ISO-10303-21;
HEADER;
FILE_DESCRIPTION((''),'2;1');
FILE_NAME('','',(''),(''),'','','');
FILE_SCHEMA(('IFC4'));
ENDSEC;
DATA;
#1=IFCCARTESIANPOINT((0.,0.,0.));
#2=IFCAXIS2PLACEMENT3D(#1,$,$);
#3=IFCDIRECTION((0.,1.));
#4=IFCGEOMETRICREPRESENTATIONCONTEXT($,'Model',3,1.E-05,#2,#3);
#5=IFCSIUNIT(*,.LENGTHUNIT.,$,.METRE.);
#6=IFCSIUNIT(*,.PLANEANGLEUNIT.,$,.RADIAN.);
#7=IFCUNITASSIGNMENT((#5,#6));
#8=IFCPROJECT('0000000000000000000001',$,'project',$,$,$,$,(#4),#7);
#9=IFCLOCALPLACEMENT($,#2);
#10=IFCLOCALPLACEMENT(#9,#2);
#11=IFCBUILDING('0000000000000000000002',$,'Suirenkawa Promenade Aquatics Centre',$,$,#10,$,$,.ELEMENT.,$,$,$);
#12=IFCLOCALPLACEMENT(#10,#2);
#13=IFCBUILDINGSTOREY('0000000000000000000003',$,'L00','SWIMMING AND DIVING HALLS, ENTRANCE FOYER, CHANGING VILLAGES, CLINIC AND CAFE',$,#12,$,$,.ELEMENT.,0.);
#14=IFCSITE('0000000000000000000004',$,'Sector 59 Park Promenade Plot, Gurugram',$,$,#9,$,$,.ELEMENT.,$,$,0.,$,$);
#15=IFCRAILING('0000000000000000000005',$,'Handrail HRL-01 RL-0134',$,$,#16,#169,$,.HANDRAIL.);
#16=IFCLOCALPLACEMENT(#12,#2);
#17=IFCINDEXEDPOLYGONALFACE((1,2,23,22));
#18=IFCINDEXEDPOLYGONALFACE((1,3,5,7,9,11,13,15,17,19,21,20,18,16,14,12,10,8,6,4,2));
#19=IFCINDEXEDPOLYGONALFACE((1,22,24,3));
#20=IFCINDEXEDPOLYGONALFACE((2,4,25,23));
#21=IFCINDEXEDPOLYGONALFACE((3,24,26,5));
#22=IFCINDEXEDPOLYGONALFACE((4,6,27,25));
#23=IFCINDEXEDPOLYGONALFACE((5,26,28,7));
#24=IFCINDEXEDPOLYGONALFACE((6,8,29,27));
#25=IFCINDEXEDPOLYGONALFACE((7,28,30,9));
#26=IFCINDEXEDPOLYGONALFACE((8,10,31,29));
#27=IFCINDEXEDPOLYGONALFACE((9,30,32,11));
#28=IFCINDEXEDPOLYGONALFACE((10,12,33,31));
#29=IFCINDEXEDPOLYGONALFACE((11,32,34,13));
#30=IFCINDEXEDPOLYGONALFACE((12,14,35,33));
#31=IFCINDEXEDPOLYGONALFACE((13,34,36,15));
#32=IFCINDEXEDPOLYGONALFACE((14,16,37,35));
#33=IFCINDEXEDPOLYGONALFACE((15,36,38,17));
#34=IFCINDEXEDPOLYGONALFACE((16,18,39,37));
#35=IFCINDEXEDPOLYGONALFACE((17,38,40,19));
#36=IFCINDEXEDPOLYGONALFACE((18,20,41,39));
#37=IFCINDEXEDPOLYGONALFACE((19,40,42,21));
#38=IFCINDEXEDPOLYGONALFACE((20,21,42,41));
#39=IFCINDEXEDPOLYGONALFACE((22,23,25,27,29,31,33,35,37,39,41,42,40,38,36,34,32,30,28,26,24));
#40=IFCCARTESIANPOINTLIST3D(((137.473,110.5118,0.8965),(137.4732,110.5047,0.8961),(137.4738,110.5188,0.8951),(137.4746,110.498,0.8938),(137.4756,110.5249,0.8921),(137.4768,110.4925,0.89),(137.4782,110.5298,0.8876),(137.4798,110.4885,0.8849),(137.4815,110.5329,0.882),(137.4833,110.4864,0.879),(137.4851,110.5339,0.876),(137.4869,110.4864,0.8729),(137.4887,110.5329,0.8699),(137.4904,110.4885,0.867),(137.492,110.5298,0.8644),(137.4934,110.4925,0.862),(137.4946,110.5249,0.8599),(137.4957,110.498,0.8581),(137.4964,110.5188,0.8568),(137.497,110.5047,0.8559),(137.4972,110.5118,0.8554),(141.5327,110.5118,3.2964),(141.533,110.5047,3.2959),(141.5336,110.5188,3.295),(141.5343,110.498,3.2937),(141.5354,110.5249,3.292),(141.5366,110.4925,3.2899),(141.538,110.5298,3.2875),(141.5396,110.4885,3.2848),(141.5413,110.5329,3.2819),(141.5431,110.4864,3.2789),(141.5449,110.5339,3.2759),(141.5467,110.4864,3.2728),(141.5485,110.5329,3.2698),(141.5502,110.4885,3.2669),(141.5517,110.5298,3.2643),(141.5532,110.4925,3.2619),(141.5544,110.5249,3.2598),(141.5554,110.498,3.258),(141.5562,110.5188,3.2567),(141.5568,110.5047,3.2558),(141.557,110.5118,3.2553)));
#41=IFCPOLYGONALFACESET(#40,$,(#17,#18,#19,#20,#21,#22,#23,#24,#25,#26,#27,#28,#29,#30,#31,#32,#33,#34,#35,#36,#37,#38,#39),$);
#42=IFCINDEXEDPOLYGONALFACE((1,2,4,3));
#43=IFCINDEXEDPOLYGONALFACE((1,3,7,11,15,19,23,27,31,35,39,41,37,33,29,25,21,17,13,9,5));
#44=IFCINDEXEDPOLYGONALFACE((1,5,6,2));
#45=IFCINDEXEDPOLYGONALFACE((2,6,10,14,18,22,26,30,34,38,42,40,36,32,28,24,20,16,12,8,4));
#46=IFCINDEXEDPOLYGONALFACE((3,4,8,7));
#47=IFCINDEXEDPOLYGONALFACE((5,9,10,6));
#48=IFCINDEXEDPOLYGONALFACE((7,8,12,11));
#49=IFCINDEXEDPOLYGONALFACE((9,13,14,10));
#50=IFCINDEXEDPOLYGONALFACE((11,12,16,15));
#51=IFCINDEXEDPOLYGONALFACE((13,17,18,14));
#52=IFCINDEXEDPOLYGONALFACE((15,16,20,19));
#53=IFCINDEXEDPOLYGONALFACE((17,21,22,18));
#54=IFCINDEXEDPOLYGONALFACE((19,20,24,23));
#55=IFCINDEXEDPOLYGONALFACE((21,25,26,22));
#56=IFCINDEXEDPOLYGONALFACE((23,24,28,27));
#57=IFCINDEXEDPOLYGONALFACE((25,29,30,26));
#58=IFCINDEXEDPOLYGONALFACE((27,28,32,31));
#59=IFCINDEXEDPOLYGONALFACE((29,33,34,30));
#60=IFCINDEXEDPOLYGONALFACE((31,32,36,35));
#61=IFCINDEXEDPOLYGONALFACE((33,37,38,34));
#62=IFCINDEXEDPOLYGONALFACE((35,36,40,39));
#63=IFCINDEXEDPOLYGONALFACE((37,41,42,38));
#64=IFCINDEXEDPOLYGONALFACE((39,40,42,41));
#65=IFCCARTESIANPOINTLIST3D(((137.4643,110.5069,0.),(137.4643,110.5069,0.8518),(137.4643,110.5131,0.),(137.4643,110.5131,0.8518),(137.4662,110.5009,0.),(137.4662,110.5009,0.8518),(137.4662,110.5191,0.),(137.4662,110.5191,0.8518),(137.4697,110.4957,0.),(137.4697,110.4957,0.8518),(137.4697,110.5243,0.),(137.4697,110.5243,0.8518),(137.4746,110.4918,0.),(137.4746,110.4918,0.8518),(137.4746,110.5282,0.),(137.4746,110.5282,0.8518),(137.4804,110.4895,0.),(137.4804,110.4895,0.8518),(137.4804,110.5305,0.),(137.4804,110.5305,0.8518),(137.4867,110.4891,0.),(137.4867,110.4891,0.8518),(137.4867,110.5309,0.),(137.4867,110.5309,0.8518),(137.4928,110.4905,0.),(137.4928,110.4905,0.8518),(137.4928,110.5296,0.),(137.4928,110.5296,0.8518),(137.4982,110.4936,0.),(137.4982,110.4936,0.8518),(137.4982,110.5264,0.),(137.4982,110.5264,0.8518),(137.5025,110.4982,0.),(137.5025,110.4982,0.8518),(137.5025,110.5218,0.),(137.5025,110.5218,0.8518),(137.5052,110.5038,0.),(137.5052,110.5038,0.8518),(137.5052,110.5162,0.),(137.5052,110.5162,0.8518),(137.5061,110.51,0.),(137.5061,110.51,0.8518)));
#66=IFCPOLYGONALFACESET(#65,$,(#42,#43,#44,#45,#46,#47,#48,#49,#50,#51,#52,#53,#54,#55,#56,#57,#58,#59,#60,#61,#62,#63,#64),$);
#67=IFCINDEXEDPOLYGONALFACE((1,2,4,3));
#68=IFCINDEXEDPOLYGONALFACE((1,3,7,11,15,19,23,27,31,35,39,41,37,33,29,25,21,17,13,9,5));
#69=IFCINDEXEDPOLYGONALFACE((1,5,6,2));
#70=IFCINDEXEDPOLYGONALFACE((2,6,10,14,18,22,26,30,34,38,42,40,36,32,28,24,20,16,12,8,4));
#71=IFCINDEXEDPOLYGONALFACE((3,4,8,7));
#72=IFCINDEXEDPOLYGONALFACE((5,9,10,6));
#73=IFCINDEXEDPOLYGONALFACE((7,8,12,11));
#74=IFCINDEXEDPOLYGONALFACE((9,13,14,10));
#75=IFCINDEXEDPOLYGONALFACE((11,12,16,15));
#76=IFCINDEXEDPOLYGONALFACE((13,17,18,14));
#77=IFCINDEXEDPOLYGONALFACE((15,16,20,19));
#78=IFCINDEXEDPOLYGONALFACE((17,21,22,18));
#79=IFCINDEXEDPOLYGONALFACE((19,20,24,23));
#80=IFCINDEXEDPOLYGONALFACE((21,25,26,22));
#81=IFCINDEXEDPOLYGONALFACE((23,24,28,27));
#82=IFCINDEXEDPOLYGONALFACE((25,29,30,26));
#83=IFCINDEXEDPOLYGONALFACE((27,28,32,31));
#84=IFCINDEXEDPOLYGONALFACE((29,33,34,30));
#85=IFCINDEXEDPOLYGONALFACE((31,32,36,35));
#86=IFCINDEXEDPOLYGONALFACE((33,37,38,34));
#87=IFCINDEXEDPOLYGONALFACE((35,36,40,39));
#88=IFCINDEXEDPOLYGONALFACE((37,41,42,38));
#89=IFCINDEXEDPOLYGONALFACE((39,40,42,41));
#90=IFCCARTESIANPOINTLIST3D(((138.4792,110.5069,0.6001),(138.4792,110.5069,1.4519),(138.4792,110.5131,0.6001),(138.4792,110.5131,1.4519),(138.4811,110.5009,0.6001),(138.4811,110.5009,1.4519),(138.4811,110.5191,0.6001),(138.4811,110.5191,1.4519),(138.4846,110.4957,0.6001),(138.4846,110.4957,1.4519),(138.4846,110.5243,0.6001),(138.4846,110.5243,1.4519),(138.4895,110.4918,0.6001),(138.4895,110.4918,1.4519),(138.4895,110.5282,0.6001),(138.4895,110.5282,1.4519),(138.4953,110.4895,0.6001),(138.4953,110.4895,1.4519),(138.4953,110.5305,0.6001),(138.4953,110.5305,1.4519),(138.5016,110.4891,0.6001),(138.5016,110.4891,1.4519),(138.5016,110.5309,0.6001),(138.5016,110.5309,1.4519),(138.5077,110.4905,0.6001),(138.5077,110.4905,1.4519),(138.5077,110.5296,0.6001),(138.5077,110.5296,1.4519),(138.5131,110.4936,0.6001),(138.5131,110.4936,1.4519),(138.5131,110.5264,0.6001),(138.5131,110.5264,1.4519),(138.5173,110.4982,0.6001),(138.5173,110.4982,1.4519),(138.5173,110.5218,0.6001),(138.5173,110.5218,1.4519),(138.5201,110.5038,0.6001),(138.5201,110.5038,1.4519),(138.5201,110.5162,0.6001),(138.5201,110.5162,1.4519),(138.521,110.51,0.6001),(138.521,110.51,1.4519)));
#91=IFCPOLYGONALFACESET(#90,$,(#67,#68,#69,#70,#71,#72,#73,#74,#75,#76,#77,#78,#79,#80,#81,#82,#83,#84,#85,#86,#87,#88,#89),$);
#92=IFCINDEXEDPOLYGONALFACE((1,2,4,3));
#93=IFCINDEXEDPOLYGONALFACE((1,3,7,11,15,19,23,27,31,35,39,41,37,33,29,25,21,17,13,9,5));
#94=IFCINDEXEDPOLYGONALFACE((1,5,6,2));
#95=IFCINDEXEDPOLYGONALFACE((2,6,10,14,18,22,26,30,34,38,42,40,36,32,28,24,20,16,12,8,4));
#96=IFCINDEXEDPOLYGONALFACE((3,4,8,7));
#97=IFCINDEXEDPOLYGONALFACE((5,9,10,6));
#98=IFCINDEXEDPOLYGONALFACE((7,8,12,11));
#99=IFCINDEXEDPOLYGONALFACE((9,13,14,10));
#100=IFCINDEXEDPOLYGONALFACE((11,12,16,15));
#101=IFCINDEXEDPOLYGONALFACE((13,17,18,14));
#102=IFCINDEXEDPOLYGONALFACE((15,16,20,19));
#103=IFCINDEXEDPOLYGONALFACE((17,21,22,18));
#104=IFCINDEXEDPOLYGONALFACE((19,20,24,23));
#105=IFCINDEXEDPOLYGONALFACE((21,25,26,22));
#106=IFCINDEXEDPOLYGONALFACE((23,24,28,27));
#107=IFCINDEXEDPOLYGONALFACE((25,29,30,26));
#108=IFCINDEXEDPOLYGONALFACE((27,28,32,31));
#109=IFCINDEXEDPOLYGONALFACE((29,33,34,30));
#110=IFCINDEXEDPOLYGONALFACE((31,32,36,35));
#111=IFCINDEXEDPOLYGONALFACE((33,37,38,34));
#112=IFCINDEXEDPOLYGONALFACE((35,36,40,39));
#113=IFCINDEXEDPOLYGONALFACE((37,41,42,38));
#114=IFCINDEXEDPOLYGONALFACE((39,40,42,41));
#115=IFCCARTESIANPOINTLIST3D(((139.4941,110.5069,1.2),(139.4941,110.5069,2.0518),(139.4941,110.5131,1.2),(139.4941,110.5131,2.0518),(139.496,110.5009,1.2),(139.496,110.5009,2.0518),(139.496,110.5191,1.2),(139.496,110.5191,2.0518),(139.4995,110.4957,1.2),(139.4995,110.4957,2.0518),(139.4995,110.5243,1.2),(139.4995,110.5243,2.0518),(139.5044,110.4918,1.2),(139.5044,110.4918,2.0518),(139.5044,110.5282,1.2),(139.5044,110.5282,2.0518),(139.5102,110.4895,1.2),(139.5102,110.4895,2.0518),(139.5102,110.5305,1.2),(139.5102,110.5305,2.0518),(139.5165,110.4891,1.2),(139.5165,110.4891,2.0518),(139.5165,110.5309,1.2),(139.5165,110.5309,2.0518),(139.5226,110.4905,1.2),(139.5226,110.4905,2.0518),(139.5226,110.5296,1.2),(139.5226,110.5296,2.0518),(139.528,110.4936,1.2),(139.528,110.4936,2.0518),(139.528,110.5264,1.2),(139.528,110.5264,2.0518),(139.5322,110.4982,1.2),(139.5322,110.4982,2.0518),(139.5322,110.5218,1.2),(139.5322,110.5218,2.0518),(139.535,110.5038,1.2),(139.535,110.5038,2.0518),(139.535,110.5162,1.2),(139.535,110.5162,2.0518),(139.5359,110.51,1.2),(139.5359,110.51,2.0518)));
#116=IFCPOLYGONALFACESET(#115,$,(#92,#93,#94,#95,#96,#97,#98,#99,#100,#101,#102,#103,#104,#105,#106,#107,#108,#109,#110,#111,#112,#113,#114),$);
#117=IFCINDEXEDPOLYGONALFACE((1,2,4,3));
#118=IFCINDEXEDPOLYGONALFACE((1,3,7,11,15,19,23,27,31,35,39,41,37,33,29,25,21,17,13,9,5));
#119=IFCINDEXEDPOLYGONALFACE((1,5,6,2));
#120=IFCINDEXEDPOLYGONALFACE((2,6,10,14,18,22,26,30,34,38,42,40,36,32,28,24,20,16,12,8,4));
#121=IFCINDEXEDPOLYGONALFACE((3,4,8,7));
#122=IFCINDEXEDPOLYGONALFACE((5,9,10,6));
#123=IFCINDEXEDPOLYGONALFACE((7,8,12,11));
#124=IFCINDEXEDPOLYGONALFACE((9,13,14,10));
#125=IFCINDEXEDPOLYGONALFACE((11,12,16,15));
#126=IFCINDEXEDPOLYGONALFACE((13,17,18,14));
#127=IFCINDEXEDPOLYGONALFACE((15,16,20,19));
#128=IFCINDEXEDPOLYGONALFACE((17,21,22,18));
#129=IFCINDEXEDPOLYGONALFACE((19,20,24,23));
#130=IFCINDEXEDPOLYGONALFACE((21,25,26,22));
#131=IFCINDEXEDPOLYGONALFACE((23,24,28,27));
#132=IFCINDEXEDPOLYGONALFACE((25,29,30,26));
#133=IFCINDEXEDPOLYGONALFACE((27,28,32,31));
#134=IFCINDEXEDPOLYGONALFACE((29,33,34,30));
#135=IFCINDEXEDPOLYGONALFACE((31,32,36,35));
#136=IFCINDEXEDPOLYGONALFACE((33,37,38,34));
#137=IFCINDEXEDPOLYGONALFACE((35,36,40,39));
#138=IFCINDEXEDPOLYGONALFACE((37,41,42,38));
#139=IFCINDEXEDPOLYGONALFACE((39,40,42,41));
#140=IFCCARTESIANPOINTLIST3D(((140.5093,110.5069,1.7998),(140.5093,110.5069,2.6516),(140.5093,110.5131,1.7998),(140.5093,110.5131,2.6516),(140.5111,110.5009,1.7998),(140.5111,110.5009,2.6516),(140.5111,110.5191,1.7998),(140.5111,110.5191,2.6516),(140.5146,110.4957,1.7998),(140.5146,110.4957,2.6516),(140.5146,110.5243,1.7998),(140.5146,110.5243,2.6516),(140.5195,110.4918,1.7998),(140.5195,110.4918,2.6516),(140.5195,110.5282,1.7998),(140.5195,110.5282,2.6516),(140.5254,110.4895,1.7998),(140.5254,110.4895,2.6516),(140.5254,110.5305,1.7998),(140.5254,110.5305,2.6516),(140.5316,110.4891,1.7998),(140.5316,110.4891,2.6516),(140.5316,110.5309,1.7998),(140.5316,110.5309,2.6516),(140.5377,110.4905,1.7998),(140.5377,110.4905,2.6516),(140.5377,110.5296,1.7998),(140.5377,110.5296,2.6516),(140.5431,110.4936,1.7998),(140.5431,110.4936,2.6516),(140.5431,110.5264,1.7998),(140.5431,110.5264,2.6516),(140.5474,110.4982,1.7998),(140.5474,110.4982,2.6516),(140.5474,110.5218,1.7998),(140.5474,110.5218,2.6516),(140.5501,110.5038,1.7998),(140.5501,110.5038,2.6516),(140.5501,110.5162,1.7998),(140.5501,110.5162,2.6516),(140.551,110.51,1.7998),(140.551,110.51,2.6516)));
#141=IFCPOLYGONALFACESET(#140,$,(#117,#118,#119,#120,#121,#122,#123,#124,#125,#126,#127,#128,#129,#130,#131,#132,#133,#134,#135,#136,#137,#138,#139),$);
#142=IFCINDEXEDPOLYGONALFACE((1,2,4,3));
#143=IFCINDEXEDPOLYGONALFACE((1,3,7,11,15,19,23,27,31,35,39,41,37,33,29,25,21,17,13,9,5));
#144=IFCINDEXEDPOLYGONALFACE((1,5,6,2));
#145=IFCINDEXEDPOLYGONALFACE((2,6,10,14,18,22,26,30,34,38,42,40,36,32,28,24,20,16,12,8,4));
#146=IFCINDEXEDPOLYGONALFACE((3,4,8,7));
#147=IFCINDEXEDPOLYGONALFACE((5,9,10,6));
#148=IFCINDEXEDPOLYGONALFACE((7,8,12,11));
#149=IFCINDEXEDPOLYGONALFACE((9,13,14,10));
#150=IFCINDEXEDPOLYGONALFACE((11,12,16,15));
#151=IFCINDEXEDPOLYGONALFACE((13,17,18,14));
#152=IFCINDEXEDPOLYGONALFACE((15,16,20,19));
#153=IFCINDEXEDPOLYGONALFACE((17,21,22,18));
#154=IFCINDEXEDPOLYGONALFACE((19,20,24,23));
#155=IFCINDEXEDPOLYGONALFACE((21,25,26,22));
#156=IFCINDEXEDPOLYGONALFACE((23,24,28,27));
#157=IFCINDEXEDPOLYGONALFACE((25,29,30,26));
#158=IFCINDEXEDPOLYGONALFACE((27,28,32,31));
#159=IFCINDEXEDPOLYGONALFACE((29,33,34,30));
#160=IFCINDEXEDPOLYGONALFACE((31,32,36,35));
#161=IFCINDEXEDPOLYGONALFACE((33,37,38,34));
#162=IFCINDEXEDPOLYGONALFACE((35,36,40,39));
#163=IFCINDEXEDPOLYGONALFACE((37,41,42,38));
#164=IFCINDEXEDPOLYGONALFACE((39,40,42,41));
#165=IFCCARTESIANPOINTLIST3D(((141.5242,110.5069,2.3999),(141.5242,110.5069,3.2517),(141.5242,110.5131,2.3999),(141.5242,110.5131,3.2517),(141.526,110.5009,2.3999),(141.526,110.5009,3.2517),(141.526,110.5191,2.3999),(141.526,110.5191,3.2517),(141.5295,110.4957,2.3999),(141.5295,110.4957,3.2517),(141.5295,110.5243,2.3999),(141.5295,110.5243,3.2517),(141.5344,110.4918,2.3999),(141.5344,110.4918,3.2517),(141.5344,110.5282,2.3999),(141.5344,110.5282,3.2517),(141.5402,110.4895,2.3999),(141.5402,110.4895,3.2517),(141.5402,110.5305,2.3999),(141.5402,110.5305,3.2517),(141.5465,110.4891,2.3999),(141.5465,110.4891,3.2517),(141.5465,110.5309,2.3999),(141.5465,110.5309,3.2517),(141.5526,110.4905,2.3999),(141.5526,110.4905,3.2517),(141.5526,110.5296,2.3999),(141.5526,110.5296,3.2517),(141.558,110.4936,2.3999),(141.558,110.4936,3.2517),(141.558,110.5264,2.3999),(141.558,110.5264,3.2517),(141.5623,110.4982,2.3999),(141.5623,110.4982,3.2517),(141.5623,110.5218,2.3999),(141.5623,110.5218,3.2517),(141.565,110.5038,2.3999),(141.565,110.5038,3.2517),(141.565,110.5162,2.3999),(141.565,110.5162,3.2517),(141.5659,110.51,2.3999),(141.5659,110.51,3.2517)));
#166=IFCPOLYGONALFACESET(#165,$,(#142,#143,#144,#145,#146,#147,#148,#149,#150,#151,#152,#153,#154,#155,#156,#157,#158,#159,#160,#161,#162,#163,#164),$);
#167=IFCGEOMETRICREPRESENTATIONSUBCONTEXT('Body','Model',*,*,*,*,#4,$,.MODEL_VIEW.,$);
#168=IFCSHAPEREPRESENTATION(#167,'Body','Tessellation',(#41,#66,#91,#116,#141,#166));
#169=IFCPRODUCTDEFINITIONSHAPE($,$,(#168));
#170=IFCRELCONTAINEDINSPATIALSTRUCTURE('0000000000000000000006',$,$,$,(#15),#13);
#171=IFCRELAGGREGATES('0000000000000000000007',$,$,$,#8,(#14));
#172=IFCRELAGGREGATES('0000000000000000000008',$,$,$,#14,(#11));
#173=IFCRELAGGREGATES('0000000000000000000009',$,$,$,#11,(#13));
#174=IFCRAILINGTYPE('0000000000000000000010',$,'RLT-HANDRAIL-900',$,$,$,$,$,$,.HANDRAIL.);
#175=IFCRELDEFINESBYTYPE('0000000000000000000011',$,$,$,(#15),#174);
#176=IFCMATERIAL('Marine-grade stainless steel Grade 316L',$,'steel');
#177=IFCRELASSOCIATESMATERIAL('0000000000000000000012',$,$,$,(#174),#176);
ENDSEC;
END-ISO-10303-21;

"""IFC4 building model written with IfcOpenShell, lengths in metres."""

from ifc_helpers import new_model, si_unit, direction, frame, origin, origin_2d, place, context, subcontext, project, spatial, circle, extrude, material, type_object, element, save


model = new_model("IFC4")

# Units and contexts
model_context = context("Model", 3, precision=1e-05, world=origin(), true_north=direction((0.0, 1.0)))
body_context = subcontext(model_context, "Body", "Model", "MODEL_VIEW")
ifc_project = project(units=[si_unit("LENGTHUNIT", "METRE"), si_unit("PLANEANGLEUNIT", "RADIAN")], contexts=[model_context])

# Site, building, storey
site_placement = place(None, origin())
site = spatial("IfcSite", under=ifc_project, at=site_placement, Name="Sector 59 Park Promenade Plot, Gurugram", CompositionType="ELEMENT", RefElevation=0.0)
building_placement = place(site_placement, origin())
building = spatial("IfcBuilding", under=site, at=building_placement, Name="Suirenkawa Promenade Aquatics Centre", CompositionType="ELEMENT")
storey_placement = place(building_placement, origin())
storey = spatial("IfcBuildingStorey", under=building, at=storey_placement, Name="L00", Description="SWIMMING AND DIVING HALLS, ENTRANCE FOYER, CHANGING VILLAGES, CLINIC AND CAFE", CompositionType="ELEMENT", Elevation=0.0)

# Railing
ifc_material_1 = material(Name="Marine-grade stainless steel Grade 316L", Category="steel")
railing_type_1 = type_object("IfcRailingType", Name="RLT-HANDRAIL-900", PredefinedType="HANDRAIL", material=ifc_material_1)
for number, where, name in (
    (1, (137.4851, 110.51, 0.0), "Handrail HRL-01 RL-0134"),
):
    element("IfcRailing", number, at=place(storey_placement, frame(where)), inside=storey, type_object=railing_type_1, Name=name, PredefinedType="HANDRAIL", context=body_context, shape_type="SweptSolid", body=[
        extrude(circle(Radius=0.0239, at=origin_2d()), frame((0.0, 0.0, 0.876), z_axis=(0.860841, 0.0, 0.508874), x_axis=(0.0, 1.0, 0.0)), (0.0, 0.0, 1.0), 4.7161),
        extrude(circle(Radius=0.021, at=origin_2d()), origin(), (0.0, 0.0, 1.0), 0.8518),
        extrude(circle(Radius=0.021, at=origin_2d()), frame((1.0149, 0.0, 0.6001)), (0.0, 0.0, 1.0), 0.8518),
        extrude(circle(Radius=0.021, at=origin_2d()), frame((2.0298, 0.0, 1.2)), (0.0, 0.0, 1.0), 0.8518),
        extrude(circle(Radius=0.021, at=origin_2d()), frame((3.0449, 0.0, 1.7998)), (0.0, 0.0, 1.0), 0.8518),
        extrude(circle(Radius=0.021, at=origin_2d()), frame((4.0598, 0.0, 2.3999)), (0.0, 0.0, 1.0), 0.8518),
    ])

save(model, "model.ifc")
